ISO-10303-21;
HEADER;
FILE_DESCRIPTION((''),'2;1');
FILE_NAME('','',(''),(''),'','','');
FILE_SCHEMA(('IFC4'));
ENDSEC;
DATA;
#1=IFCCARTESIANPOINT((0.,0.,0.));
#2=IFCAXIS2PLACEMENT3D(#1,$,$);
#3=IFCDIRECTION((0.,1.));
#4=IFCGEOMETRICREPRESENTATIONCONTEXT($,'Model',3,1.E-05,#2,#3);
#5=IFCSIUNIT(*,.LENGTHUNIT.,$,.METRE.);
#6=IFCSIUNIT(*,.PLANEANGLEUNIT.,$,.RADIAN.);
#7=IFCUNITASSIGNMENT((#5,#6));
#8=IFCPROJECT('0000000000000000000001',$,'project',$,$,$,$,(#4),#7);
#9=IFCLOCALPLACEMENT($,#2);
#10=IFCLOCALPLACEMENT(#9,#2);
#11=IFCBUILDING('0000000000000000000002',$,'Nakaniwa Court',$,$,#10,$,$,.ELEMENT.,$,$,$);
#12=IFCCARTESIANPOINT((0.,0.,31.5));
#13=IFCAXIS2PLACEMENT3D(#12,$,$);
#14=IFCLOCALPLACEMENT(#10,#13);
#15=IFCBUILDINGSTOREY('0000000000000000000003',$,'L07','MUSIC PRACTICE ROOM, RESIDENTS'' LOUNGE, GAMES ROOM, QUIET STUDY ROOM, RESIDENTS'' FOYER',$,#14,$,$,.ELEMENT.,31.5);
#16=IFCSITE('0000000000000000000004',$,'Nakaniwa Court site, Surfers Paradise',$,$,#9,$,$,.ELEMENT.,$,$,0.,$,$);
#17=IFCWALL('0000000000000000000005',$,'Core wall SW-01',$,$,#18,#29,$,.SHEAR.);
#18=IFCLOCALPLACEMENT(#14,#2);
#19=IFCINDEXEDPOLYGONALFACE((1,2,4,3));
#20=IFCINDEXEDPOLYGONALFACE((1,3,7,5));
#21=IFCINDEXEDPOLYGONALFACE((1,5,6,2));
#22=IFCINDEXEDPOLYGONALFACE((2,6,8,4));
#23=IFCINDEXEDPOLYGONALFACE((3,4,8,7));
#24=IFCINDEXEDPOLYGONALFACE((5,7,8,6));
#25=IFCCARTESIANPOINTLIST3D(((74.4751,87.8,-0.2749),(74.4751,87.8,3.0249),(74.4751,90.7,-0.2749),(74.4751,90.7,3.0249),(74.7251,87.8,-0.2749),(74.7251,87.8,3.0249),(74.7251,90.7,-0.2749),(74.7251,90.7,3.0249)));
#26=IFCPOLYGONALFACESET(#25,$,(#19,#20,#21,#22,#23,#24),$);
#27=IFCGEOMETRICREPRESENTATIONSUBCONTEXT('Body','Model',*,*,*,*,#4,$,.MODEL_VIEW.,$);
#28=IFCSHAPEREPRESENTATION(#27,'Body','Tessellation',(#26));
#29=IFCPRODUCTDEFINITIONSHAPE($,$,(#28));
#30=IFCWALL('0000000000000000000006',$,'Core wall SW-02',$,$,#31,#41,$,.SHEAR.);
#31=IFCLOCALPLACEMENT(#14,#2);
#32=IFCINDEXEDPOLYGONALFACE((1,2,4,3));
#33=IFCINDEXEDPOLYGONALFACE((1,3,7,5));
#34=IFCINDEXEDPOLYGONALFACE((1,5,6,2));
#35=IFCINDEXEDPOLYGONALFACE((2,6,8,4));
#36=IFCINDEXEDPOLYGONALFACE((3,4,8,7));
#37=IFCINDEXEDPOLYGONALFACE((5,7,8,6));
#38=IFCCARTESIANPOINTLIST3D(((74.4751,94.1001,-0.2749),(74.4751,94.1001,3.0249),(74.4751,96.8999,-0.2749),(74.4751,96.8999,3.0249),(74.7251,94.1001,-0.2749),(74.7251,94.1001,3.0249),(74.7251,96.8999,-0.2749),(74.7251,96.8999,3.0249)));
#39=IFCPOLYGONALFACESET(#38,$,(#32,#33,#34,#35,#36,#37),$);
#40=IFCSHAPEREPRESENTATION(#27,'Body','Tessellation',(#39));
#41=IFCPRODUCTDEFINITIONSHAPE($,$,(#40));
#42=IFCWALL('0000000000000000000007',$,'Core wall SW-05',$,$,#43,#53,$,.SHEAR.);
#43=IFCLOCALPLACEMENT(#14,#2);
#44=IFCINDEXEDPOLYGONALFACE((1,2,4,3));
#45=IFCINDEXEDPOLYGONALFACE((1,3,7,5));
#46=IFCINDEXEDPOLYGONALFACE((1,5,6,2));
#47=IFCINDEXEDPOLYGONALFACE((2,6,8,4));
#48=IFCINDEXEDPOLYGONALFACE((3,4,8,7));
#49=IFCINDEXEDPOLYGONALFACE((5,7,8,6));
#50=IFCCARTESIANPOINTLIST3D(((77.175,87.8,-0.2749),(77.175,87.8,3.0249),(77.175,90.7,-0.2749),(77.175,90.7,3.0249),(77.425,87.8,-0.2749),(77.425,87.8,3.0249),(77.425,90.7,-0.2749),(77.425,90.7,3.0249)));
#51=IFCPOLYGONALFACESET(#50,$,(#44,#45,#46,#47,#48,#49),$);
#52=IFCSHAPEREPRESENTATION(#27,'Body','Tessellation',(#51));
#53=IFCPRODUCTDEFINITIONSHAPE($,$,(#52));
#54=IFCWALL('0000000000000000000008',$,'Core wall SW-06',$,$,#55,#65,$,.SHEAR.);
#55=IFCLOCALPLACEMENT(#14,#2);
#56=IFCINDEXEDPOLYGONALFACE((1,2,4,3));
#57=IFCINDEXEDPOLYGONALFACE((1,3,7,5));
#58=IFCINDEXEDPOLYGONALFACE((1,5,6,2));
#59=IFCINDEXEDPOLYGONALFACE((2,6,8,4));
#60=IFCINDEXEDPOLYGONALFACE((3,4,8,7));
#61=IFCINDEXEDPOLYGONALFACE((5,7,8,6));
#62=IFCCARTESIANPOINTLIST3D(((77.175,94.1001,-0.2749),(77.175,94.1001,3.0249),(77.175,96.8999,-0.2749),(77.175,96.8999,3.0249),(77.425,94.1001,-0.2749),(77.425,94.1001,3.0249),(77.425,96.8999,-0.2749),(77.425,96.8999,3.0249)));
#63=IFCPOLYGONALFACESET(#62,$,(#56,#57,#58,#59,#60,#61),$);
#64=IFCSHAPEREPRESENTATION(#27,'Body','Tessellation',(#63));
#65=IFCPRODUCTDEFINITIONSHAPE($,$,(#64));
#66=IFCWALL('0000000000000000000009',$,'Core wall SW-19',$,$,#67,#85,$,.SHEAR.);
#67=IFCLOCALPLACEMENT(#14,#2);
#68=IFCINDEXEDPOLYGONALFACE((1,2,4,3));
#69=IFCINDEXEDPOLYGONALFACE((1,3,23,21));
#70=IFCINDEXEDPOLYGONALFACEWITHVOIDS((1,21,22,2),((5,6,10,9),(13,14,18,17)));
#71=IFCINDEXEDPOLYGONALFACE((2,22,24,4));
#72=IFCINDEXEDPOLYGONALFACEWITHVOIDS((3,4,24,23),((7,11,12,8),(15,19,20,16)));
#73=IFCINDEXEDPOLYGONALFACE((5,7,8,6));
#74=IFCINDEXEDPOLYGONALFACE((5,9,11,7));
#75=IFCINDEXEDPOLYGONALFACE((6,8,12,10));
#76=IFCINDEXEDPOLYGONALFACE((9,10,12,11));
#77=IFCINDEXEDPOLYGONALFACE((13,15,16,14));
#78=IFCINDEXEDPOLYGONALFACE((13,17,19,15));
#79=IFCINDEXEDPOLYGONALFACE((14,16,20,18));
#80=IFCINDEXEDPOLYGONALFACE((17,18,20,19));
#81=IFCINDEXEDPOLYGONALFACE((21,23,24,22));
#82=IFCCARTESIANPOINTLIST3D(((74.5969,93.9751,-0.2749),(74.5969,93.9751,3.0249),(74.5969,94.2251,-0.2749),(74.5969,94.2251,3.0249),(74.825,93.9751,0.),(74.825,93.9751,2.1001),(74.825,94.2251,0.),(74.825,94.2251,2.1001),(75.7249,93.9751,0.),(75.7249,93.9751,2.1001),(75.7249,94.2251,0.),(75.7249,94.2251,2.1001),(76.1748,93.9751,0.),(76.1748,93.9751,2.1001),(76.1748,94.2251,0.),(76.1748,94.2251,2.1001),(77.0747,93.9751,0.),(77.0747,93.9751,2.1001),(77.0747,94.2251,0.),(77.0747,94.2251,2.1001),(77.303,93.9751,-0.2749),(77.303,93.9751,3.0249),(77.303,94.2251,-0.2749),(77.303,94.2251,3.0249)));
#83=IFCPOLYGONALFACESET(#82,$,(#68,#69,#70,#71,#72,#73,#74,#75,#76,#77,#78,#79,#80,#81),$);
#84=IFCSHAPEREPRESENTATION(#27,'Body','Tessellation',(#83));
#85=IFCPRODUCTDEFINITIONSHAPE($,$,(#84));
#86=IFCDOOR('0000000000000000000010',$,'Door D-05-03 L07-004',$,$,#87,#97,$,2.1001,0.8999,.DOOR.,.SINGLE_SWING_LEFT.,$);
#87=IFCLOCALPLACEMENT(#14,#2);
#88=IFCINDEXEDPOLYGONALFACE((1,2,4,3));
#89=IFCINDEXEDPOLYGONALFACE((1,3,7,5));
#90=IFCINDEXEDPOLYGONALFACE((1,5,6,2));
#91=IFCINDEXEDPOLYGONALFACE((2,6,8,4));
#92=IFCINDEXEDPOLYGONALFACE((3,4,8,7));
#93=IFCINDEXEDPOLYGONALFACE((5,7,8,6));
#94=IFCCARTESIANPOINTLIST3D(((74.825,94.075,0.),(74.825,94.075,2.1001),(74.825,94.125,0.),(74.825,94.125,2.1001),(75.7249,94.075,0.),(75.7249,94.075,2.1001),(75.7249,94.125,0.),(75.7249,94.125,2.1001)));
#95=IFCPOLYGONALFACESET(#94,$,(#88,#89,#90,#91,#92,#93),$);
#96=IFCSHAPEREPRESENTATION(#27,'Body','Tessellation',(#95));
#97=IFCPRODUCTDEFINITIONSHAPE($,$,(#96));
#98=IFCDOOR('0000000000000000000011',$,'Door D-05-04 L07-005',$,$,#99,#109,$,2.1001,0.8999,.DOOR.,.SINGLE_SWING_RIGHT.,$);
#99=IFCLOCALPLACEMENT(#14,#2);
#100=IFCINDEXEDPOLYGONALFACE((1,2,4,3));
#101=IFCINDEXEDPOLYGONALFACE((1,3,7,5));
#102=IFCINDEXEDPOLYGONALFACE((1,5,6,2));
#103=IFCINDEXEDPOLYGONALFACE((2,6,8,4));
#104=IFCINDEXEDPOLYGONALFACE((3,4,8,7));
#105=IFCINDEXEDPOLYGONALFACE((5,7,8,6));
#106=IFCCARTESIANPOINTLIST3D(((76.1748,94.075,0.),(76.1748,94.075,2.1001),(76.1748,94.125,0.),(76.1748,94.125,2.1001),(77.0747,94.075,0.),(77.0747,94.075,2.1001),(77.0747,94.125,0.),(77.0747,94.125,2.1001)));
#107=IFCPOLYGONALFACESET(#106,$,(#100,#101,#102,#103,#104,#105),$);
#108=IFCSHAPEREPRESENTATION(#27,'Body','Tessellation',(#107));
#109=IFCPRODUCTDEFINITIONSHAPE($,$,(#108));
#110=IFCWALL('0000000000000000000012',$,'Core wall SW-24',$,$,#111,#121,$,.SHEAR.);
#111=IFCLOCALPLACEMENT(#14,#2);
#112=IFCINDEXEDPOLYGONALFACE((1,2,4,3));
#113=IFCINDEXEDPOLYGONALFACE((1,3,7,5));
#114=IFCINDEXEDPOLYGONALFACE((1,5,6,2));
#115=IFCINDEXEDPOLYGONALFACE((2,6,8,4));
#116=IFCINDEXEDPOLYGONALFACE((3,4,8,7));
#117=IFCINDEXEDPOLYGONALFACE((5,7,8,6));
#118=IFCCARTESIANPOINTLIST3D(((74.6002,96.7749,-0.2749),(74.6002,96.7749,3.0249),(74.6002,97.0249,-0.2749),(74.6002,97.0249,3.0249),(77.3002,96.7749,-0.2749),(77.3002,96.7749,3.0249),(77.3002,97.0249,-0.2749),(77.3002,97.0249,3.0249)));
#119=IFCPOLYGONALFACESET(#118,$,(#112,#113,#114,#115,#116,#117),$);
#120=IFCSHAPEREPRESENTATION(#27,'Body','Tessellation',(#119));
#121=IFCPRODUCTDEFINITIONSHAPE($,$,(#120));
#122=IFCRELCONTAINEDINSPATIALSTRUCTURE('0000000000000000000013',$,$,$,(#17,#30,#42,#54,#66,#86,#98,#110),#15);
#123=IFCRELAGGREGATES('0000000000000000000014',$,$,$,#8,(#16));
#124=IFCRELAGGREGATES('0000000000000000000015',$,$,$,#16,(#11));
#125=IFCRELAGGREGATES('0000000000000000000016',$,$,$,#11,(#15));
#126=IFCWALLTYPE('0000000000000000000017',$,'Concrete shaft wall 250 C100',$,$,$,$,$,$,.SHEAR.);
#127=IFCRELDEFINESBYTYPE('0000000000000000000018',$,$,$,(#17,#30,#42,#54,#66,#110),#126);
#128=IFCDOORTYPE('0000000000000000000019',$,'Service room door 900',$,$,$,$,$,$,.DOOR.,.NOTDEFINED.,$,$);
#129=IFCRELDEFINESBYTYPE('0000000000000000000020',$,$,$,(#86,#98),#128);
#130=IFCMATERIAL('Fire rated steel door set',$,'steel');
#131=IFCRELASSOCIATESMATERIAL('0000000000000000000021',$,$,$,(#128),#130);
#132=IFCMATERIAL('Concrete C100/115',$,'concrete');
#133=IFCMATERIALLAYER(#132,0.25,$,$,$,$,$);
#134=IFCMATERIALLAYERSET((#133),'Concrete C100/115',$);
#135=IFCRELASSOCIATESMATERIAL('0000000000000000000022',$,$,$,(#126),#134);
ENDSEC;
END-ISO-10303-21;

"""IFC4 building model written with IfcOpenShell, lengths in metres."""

from ifc_helpers import new_model, si_unit, direction, frame, frame_2d, origin, place, context, subcontext, project, spatial, rectangle, extrude, material, layer, layer_set, type_object, element, fill, save


model = new_model("IFC4")

# Units and contexts
model_context = context("Model", 3, precision=1e-05, world=origin(), true_north=direction((0.0, 1.0)))
body_context = subcontext(model_context, "Body", "Model", "MODEL_VIEW")
ifc_project = project(units=[si_unit("LENGTHUNIT", "METRE"), si_unit("PLANEANGLEUNIT", "RADIAN")], contexts=[model_context])

# Site, building, storey
site_placement = place(None, origin())
site = spatial("IfcSite", under=ifc_project, at=site_placement, Name="Nakaniwa Court site, Surfers Paradise", CompositionType="ELEMENT", RefElevation=0.0)
building_placement = place(site_placement, origin())
building = spatial("IfcBuilding", under=site, at=building_placement, Name="Nakaniwa Court", CompositionType="ELEMENT")
storey_placement = place(building_placement, frame((0.0, 0.0, 31.5)))
storey = spatial("IfcBuildingStorey", under=building, at=storey_placement, Name="L07", Description="MUSIC PRACTICE ROOM, RESIDENTS' LOUNGE, GAMES ROOM, QUIET STUDY ROOM, RESIDENTS' FOYER", CompositionType="ELEMENT", Elevation=31.5)

# Shared definitions
ifc_material_1 = material(Name="Concrete C100/115", Category="concrete")

# Shared definitions
ifc_material_2 = material(Name="Fire rated steel door set", Category="steel")
door_type_1 = type_object("IfcDoorType", Name="Service room door 900", OperationType="NOTDEFINED", PredefinedType="DOOR", material=ifc_material_2)

# Walls
ifc_layer_1 = layer(ifc_material_1, 0.25)
ifc_layer_set_1 = layer_set([ifc_layer_1], Name="Concrete C100/115")
wall_type_1 = type_object("IfcWallType", Name="Concrete shaft wall 250 C100", PredefinedType="SHEAR", material=ifc_layer_set_1)
wall_1_placement = place(storey_placement, frame((74.6001, 87.8, -0.2749), z_axis=(0.0, 0.0, 1.0), x_axis=(0.0, 1.0, 0.0)))
element("IfcWall", 1, at=wall_1_placement, inside=storey, type_object=wall_type_1, Name="Core wall SW-01", PredefinedType="SHEAR", context=body_context, shape_type="SweptSolid", body=[
    extrude(rectangle(XDim=2.8999, YDim=0.25, at=frame_2d((1.45, 0.0))), origin(), (0.0, 0.0, 1.0), 3.2998),
])
wall_2_placement = place(storey_placement, frame((74.6001, 94.1001, -0.2749), z_axis=(0.0, 0.0, 1.0), x_axis=(0.0, 1.0, 0.0)))
element("IfcWall", 2, at=wall_2_placement, inside=storey, type_object=wall_type_1, Name="Core wall SW-02", PredefinedType="SHEAR", context=body_context, shape_type="SweptSolid", body=[
    extrude(rectangle(XDim=2.7998, YDim=0.25, at=frame_2d((1.3999, 0.0))), origin(), (0.0, 0.0, 1.0), 3.2998),
])
wall_3_placement = place(storey_placement, frame((77.3, 87.8, -0.2749), z_axis=(0.0, 0.0, 1.0), x_axis=(0.0, 1.0, 0.0)))
element("IfcWall", 3, at=wall_3_placement, inside=storey, type_object=wall_type_1, Name="Core wall SW-05", PredefinedType="SHEAR", context=body_context, shape_type="SweptSolid", body=[
    extrude(rectangle(XDim=2.8999, YDim=0.25, at=frame_2d((1.45, 0.0))), origin(), (0.0, 0.0, 1.0), 3.2998),
])
wall_4_placement = place(storey_placement, frame((77.3, 94.1001, -0.2749), z_axis=(0.0, 0.0, 1.0), x_axis=(0.0, 1.0, 0.0)))
element("IfcWall", 4, at=wall_4_placement, inside=storey, type_object=wall_type_1, Name="Core wall SW-06", PredefinedType="SHEAR", context=body_context, shape_type="SweptSolid", body=[
    extrude(rectangle(XDim=2.7998, YDim=0.25, at=frame_2d((1.3999, 0.0))), origin(), (0.0, 0.0, 1.0), 3.2998),
])

# Wall, openings, doors
wall_5_placement = place(storey_placement, frame((74.5969, 94.1001, -0.2749), z_axis=(0.0, 0.0, 1.0), x_axis=(1.0, 0.0, 0.0)))
wall_5 = element("IfcWall", 5, at=wall_5_placement, inside=storey, type_object=wall_type_1, Name="Core wall SW-19", PredefinedType="SHEAR", context=body_context, shape_type="SweptSolid", body=[
    extrude(rectangle(XDim=2.7061, YDim=0.25, at=frame_2d((1.353, 0.0))), origin(), (0.0, 0.0, 1.0), 3.2998),
])
opening_1_placement = place(wall_5_placement, frame((0.228, 0.0, 0.2749)))
opening_1 = element("IfcOpeningElement", 6, at=opening_1_placement, cuts=wall_5, PredefinedType="OPENING", context=body_context, shape_type="SweptSolid", body=[
    extrude(rectangle(XDim=0.8999, YDim=2.1001, at=frame_2d((0.45, 1.05))), frame((0.0, 0.135, 0.0), z_axis=(0.0, -1.0, 0.0), x_axis=(1.0, 0.0, 0.0)), (0.0, 0.0, 1.0), 0.27),
])
opening_2_placement = place(wall_5_placement, frame((1.5779, 0.0, 0.2749)))
opening_2 = element("IfcOpeningElement", 7, at=opening_2_placement, cuts=wall_5, PredefinedType="OPENING", context=body_context, shape_type="SweptSolid", body=[
    extrude(rectangle(XDim=0.8999, YDim=2.1001, at=frame_2d((0.45, 1.05))), frame((0.0, 0.135, 0.0), z_axis=(0.0, -1.0, 0.0), x_axis=(1.0, 0.0, 0.0)), (0.0, 0.0, 1.0), 0.27),
])
door_1_placement = place(opening_1_placement, origin())
door_1 = element("IfcDoor", 8, at=door_1_placement, inside=storey, type_object=door_type_1, Name="Door D-05-03 L07-004", OperationType="SINGLE_SWING_LEFT", OverallHeight=2.1001, OverallWidth=0.8999, PredefinedType="DOOR", context=body_context, shape_type="SweptSolid", body=[
    extrude(rectangle(XDim=0.8999, YDim=2.1001, at=frame_2d((0.45, 1.05))), frame((0.0, 0.0249, 0.0), z_axis=(0.0, -1.0, 0.0), x_axis=(1.0, 0.0, 0.0)), (0.0, 0.0, 1.0), 0.05),
])
fill(opening_1, door_1)
door_2_placement = place(opening_2_placement, origin())
door_2 = element("IfcDoor", 9, at=door_2_placement, inside=storey, type_object=door_type_1, Name="Door D-05-04 L07-005", OperationType="SINGLE_SWING_RIGHT", OverallHeight=2.1001, OverallWidth=0.8999, PredefinedType="DOOR", context=body_context, shape_type="SweptSolid", body=[
    extrude(rectangle(XDim=0.8999, YDim=2.1001, at=frame_2d((0.45, 1.05))), frame((0.0, 0.0249, 0.0), z_axis=(0.0, -1.0, 0.0), x_axis=(1.0, 0.0, 0.0)), (0.0, 0.0, 1.0), 0.05),
])
fill(opening_2, door_2)

# Wall
wall_6_placement = place(storey_placement, frame((74.6001, 96.8999, -0.2749), z_axis=(0.0, 0.0, 1.0), x_axis=(1.0, 0.0, 0.0)))
element("IfcWall", 10, at=wall_6_placement, inside=storey, type_object=wall_type_1, Name="Core wall SW-24", PredefinedType="SHEAR", context=body_context, shape_type="SweptSolid", body=[
    extrude(rectangle(XDim=2.7, YDim=0.25, at=frame_2d((1.3501, 0.0))), origin(), (0.0, 0.0, 1.0), 3.2998),
])

save(model, "model.ifc")
